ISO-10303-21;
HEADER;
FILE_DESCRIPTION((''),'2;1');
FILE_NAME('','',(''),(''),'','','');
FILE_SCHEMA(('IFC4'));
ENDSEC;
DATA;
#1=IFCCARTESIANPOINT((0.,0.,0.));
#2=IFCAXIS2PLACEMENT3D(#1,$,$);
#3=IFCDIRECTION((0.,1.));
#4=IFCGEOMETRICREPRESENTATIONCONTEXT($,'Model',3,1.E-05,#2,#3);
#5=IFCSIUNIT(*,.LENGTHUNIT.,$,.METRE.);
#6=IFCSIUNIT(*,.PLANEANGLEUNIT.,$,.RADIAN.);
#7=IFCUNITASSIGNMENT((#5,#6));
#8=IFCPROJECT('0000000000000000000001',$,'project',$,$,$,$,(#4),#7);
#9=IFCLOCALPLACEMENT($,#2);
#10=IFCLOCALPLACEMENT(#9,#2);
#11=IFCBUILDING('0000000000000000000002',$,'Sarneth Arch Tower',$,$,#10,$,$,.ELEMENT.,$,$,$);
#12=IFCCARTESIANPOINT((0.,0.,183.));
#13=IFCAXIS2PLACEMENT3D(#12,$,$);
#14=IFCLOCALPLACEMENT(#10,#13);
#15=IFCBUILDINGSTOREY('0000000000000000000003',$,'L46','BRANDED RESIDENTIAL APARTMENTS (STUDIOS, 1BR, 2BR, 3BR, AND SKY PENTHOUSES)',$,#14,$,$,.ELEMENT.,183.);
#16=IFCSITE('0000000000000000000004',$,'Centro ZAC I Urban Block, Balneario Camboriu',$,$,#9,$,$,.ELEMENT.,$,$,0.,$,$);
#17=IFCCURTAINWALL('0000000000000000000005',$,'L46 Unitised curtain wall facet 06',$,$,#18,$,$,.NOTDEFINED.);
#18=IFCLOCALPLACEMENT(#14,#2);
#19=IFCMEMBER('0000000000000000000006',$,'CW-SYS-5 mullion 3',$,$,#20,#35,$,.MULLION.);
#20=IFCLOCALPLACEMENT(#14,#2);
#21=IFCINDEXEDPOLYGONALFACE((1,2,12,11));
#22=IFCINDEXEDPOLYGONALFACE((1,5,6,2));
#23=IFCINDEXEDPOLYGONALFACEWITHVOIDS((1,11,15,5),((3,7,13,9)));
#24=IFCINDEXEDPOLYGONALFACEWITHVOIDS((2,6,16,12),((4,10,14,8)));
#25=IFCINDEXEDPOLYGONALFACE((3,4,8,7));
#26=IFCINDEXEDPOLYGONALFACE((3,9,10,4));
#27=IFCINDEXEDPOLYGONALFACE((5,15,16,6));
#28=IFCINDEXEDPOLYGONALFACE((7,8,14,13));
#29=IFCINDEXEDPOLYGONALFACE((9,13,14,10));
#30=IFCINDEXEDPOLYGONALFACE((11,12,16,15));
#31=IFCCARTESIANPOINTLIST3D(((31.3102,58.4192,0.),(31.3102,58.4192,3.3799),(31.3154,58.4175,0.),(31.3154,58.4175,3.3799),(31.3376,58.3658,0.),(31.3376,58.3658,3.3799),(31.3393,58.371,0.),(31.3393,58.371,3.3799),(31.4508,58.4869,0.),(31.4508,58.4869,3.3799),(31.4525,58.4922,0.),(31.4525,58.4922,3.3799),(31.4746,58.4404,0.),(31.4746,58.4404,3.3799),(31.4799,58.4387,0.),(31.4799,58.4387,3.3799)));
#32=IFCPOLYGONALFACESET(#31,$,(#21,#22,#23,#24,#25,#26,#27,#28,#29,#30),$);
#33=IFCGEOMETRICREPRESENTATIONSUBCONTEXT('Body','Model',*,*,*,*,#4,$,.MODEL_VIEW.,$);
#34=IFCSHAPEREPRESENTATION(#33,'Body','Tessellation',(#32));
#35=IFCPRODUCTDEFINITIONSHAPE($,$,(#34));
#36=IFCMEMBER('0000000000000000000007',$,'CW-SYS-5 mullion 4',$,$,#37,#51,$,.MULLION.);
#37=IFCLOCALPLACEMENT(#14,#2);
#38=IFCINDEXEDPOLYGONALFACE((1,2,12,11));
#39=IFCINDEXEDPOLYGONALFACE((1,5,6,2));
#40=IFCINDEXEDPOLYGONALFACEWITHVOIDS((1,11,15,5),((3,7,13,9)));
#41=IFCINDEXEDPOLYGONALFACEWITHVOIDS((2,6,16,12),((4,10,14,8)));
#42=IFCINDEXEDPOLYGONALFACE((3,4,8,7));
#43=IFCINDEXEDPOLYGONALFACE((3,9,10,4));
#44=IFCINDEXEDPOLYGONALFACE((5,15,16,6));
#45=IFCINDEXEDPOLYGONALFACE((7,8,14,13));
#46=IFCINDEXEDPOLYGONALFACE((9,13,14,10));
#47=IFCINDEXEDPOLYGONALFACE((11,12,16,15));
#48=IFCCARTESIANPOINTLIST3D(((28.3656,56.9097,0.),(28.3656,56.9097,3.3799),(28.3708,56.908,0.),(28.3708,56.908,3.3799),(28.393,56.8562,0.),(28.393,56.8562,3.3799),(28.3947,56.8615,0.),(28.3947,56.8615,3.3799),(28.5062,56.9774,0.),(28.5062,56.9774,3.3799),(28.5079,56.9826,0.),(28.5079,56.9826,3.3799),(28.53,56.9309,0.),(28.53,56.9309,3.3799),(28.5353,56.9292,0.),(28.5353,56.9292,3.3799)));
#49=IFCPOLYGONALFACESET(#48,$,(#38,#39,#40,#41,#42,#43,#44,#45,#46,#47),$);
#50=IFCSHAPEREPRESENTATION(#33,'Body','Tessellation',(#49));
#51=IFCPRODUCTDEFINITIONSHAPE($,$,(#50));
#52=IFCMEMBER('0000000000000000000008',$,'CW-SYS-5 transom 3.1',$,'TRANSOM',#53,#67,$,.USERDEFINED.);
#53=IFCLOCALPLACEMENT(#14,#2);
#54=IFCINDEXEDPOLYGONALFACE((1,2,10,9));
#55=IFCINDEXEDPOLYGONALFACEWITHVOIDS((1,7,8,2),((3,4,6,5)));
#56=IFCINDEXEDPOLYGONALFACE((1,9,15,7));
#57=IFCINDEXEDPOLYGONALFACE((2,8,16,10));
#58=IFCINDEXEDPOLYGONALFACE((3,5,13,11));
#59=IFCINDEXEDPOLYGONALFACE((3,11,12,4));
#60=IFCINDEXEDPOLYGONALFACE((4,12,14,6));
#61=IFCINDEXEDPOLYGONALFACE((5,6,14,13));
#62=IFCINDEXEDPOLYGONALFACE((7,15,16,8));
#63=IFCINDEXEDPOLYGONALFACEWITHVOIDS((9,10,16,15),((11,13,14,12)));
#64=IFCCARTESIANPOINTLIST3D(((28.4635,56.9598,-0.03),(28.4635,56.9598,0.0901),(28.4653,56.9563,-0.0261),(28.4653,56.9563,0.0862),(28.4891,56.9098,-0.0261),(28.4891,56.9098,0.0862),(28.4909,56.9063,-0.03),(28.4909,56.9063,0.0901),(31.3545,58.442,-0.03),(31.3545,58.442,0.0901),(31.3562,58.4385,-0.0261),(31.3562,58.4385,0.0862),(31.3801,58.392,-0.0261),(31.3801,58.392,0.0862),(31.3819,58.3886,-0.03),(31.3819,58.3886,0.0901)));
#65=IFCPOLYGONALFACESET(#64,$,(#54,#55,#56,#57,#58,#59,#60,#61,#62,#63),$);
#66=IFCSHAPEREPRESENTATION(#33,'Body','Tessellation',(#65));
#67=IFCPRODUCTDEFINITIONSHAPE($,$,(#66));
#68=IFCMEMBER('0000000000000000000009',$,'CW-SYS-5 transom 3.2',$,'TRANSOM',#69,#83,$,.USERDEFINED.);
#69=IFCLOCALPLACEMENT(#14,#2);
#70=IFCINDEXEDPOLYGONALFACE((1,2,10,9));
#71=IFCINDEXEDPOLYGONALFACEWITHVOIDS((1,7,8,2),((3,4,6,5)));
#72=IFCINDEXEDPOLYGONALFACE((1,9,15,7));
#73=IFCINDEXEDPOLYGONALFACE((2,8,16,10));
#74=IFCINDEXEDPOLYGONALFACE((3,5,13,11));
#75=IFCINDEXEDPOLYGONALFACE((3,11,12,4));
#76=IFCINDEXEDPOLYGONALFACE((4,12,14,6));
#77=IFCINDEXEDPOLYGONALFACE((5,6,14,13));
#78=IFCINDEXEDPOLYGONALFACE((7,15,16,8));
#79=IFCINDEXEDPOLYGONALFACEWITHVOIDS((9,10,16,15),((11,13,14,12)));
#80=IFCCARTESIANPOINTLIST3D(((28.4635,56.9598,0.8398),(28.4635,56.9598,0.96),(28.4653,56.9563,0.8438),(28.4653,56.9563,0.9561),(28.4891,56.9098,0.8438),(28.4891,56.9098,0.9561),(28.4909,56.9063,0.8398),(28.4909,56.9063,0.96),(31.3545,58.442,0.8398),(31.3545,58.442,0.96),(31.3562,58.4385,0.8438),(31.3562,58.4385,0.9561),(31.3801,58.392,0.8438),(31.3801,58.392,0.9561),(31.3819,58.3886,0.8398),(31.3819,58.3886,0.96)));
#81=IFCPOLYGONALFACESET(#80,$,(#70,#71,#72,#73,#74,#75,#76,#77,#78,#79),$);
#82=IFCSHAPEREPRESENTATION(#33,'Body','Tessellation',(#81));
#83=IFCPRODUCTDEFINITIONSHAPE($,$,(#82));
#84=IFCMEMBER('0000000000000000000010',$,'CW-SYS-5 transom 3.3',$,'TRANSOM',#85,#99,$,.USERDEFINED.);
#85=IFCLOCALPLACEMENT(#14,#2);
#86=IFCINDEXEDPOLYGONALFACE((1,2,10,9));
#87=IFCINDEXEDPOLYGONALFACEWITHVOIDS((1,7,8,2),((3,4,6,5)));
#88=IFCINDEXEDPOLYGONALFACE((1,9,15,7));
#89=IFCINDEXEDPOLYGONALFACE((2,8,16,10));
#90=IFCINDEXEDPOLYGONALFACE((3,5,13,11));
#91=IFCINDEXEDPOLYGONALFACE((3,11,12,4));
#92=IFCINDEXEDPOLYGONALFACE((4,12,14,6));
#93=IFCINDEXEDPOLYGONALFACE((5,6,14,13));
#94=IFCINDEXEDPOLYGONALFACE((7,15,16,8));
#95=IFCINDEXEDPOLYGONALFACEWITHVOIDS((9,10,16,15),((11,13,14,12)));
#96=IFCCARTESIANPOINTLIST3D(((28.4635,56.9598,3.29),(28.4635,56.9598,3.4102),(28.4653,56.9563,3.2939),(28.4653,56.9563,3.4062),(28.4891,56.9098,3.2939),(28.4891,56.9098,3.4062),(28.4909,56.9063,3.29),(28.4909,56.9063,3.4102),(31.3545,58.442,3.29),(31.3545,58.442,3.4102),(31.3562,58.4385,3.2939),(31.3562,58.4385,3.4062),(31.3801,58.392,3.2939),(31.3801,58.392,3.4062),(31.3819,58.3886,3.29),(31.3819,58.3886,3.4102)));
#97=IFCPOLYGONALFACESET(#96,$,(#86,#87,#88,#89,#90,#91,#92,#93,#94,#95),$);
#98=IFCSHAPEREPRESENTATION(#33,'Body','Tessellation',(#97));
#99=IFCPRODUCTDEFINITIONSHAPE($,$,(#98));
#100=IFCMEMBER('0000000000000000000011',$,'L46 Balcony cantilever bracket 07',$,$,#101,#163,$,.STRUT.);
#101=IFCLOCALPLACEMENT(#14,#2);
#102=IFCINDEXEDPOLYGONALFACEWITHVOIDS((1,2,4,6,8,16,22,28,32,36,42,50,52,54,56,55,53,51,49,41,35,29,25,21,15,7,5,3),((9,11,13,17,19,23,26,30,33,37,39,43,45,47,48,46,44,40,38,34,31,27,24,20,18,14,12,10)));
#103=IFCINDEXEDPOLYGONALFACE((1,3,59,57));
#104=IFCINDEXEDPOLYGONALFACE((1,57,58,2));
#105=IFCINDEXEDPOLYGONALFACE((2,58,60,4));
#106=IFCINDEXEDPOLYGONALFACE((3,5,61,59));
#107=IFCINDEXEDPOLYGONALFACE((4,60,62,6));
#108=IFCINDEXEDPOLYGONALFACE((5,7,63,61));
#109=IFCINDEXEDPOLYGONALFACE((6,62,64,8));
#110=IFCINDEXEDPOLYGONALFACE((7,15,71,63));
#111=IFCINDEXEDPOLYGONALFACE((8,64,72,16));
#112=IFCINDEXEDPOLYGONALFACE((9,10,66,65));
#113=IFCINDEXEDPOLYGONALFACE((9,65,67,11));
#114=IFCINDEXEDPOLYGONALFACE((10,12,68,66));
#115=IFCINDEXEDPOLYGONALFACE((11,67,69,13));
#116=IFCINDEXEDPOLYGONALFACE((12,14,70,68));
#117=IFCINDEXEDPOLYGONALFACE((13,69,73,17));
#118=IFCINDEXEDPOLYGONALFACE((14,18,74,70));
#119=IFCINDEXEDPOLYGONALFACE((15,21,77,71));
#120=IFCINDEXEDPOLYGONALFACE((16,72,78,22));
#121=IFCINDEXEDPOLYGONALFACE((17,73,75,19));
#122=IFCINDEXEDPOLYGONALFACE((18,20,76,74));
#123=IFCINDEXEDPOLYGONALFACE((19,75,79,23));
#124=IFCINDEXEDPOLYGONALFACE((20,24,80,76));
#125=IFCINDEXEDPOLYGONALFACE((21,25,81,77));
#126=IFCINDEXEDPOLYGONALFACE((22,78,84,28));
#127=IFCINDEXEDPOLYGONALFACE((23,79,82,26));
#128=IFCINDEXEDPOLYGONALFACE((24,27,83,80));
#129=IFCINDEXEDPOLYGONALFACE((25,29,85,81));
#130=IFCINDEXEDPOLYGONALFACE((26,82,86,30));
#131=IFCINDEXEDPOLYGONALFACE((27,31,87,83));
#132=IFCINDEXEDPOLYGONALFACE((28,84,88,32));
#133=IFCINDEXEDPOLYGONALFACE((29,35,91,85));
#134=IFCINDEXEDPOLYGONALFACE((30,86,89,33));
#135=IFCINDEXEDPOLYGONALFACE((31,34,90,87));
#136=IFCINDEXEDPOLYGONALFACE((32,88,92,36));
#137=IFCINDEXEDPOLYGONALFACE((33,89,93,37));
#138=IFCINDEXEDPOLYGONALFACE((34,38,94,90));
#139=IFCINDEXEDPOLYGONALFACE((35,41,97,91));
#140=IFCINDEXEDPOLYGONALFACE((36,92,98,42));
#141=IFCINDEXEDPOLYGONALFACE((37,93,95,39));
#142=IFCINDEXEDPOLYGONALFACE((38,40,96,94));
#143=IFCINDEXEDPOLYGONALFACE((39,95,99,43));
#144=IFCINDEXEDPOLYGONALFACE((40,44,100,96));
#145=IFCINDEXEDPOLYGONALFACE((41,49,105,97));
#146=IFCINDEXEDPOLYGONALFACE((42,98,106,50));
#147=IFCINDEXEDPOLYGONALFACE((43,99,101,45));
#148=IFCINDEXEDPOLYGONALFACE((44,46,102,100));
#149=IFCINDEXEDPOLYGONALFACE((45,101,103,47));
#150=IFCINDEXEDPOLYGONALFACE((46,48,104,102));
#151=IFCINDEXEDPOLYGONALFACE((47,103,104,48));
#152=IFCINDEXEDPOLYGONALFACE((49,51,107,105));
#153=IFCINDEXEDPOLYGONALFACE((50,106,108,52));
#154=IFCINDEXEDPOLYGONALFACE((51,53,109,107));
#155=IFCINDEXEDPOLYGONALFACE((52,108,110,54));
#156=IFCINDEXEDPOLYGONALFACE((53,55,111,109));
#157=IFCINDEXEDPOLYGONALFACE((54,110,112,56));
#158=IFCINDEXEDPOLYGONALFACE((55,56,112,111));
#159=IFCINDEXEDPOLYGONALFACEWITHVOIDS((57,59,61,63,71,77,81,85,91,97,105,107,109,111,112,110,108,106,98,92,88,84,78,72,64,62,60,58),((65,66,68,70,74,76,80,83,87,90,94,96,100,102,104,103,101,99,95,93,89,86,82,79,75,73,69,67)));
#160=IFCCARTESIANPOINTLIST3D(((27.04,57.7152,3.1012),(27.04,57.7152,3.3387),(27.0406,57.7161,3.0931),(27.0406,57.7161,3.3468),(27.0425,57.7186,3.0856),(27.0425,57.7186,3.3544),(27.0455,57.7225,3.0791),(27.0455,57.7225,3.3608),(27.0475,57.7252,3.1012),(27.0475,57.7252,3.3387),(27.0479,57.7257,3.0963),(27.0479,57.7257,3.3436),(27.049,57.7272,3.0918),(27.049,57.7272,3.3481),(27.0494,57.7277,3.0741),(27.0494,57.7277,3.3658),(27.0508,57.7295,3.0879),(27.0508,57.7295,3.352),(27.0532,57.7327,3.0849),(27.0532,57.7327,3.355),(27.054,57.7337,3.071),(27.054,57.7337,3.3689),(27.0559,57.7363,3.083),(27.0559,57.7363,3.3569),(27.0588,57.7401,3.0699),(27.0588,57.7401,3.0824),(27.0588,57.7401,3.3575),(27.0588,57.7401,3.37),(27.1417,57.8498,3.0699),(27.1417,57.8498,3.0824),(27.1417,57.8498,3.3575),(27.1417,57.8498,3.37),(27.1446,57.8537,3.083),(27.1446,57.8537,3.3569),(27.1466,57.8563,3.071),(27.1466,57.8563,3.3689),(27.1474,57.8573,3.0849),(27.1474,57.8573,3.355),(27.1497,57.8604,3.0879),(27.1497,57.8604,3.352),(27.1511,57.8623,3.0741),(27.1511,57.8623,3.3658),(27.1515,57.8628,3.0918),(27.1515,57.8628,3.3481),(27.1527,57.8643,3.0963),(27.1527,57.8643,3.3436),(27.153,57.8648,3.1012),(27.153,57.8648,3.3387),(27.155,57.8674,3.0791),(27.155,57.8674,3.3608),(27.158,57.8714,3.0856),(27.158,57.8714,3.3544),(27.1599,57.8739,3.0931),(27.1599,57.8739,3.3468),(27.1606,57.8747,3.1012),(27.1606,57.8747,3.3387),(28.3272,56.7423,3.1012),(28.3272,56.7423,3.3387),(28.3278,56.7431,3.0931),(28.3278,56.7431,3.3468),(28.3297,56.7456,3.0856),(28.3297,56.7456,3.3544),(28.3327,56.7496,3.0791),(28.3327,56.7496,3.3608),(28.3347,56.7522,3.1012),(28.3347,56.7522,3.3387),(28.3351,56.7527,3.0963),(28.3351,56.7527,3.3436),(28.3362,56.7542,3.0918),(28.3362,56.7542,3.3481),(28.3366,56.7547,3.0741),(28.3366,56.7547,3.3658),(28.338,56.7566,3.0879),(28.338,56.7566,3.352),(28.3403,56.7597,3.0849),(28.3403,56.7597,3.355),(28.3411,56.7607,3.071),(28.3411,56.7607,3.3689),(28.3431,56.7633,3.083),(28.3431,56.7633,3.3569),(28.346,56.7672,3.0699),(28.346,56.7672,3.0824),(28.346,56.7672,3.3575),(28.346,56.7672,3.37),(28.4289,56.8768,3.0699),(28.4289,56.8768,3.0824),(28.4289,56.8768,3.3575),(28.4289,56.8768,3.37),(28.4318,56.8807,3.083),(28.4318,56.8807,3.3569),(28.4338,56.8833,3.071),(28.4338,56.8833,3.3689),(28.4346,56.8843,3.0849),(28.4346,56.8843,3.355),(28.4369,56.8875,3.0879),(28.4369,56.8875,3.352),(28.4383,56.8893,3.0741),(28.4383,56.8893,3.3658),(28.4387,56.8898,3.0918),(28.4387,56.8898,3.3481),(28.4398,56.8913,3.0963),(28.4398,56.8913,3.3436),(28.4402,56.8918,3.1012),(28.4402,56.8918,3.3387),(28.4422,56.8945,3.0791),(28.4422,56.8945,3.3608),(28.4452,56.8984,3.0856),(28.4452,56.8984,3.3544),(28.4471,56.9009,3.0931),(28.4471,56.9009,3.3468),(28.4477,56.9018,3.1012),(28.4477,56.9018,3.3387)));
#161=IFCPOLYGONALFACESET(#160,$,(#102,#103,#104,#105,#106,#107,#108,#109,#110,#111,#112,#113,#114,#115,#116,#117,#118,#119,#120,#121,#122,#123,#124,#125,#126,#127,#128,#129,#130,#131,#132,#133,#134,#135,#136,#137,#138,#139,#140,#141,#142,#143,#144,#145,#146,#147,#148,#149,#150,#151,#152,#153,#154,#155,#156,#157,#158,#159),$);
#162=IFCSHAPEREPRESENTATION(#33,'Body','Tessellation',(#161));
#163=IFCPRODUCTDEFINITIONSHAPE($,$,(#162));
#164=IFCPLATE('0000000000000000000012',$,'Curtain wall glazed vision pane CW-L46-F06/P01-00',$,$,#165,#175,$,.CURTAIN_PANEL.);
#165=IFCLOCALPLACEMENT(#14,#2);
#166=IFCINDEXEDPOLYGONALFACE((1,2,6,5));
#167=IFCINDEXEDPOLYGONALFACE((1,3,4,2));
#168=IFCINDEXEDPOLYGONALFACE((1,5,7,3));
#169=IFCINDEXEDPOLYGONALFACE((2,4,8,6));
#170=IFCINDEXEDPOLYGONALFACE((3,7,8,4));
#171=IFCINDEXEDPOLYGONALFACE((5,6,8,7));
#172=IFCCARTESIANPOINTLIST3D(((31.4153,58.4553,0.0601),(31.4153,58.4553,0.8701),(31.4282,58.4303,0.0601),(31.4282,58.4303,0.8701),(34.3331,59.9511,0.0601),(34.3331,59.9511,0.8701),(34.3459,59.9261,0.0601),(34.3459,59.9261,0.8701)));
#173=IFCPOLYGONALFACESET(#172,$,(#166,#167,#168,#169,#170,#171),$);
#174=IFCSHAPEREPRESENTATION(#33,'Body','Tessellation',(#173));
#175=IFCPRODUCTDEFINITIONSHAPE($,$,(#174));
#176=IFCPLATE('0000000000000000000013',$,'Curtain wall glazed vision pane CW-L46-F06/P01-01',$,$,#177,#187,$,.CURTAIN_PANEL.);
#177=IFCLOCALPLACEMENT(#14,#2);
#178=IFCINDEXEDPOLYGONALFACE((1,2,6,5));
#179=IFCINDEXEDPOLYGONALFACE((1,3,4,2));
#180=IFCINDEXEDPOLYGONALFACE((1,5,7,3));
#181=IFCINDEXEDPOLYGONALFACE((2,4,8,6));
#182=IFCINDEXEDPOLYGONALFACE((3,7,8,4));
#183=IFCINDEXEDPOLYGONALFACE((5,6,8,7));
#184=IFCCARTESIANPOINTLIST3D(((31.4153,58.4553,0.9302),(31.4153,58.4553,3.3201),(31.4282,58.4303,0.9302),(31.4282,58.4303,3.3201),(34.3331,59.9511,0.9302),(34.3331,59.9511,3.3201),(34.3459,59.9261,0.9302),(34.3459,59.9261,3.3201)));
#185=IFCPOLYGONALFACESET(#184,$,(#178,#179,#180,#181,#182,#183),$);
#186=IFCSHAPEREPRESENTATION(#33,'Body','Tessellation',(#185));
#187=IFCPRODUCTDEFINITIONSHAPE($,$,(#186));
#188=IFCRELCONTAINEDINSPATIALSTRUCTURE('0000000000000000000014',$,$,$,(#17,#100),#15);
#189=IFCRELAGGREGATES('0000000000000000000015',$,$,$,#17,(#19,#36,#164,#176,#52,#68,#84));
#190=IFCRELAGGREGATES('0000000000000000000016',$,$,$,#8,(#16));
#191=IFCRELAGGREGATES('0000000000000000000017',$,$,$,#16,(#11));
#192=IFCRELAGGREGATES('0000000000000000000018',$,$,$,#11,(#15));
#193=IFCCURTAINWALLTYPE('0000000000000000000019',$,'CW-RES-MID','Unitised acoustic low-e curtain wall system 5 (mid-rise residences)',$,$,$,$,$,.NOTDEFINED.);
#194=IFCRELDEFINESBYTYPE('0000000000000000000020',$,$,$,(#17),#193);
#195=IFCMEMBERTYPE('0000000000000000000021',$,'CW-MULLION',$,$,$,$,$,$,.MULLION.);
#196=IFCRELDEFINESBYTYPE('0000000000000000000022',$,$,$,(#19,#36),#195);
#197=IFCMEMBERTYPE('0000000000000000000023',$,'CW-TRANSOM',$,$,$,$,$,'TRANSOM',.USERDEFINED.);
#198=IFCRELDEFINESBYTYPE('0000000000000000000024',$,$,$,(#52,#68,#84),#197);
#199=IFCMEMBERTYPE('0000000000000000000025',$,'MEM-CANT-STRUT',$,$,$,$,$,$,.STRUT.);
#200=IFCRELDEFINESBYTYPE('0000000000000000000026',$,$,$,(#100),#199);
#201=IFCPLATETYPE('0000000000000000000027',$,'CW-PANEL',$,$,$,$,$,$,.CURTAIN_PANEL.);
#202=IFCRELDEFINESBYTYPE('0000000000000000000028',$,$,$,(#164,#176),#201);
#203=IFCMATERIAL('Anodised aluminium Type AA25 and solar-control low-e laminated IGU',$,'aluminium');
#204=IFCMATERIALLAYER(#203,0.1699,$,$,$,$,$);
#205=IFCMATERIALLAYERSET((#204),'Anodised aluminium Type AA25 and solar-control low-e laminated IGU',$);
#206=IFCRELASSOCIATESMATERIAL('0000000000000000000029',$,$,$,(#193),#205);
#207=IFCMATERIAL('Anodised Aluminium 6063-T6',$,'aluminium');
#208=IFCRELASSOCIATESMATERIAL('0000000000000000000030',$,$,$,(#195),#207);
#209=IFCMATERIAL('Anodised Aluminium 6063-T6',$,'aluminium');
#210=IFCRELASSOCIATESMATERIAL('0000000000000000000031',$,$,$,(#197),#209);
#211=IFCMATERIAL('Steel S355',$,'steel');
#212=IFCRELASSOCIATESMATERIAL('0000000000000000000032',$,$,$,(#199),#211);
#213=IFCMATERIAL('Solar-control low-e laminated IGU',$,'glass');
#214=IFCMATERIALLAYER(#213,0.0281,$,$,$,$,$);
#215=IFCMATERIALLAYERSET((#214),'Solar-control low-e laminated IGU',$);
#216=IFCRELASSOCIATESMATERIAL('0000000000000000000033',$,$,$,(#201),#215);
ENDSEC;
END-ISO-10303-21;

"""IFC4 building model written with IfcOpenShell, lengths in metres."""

from ifc_helpers import new_model, si_unit, direction, frame, origin, origin_2d, place, context, subcontext, project, spatial, rectangle, hollow_rectangle, extrude, material, layer, layer_set, material_profile, profile_set, type_object, element, aggregate, save


model = new_model("IFC4")

# Units and contexts
model_context = context("Model", 3, precision=1e-05, world=origin(), true_north=direction((0.0, 1.0)))
body_context = subcontext(model_context, "Body", "Model", "MODEL_VIEW")
ifc_project = project(units=[si_unit("LENGTHUNIT", "METRE"), si_unit("PLANEANGLEUNIT", "RADIAN")], contexts=[model_context])

# Site, building, storey
site_placement = place(None, origin())
site = spatial("IfcSite", under=ifc_project, at=site_placement, Name="Centro ZAC I Urban Block, Balneario Camboriu", CompositionType="ELEMENT", RefElevation=0.0)
building_placement = place(site_placement, origin())
building = spatial("IfcBuilding", under=site, at=building_placement, Name="Sarneth Arch Tower", CompositionType="ELEMENT")
storey_placement = place(building_placement, frame((0.0, 0.0, 183.0)))
storey = spatial("IfcBuildingStorey", under=building, at=storey_placement, Name="L46", Description="BRANDED RESIDENTIAL APARTMENTS (STUDIOS, 1BR, 2BR, 3BR, AND SKY PENTHOUSES)", CompositionType="ELEMENT", Elevation=183.0)

# Curtain wall, members
ifc_material_1 = material(Name="Anodised aluminium Type AA25 and solar-control low-e laminated IGU", Category="aluminium")
ifc_layer_1 = layer(ifc_material_1, 0.1699)
ifc_layer_set_1 = layer_set([ifc_layer_1], Name="Anodised aluminium Type AA25 and solar-control low-e laminated IGU")
curtain_wall_type = type_object("IfcCurtainWallType", Name="CW-RES-MID", Description="Unitised acoustic low-e curtain wall system 5 (mid-rise residences)", PredefinedType="NOTDEFINED", material=ifc_layer_set_1)
curtain_wall_placement = place(storey_placement, origin())
curtain_wall = element("IfcCurtainWall", 1, at=curtain_wall_placement, inside=storey, type_object=curtain_wall_type, Name="L46 Unitised curtain wall facet 06", PredefinedType="NOTDEFINED")
ifc_material_2 = material(Name="Anodised Aluminium 6063-T6", Category="aluminium")
ifc_material_profile_1 = material_profile(ifc_material_2, hollow_rectangle(XDim=0.0601, YDim=0.1599, WallThickness=0.0039, at=origin_2d()), Name="AL-MULL-160x60x4")
ifc_profile_set_1 = profile_set([ifc_material_profile_1], Name="Anodised Aluminium 6063-T6")
member_type_1 = type_object("IfcMemberType", Name="CW-MULLION", PredefinedType="MULLION", material=ifc_profile_set_1)
member_1_placement = place(storey_placement, frame((31.395, 58.429, 0.0), z_axis=(0.0, 0.0, 1.0), x_axis=(0.456208, -0.889873, 0.0)))
member_1 = element("IfcMember", 2, at=member_1_placement, type_object=member_type_1, Name="CW-SYS-5 mullion 3", PredefinedType="MULLION", context=body_context, shape_type="SweptSolid", body=[
    extrude(hollow_rectangle(XDim=0.0601, YDim=0.1599, WallThickness=0.0039, at=origin_2d()), origin(), (0.0, 0.0, 1.0), 3.3799),
])
member_2_placement = place(storey_placement, frame((28.4504, 56.9194, 0.0), z_axis=(0.0, 0.0, 1.0), x_axis=(0.456208, -0.889873, 0.0)))
member_2 = element("IfcMember", 3, at=member_2_placement, type_object=member_type_1, Name="CW-SYS-5 mullion 4", PredefinedType="MULLION", context=body_context, shape_type="SweptSolid", body=[
    extrude(hollow_rectangle(XDim=0.0601, YDim=0.1599, WallThickness=0.0039, at=origin_2d()), origin(), (0.0, 0.0, 1.0), 3.3799),
])
ifc_material_3 = material(Name="Anodised Aluminium 6063-T6", Category="aluminium")
ifc_material_profile_2 = material_profile(ifc_material_3, hollow_rectangle(XDim=0.0601, YDim=0.1201, WallThickness=0.0039, at=origin_2d()), Name="AL-TRAN-120x60x4")
ifc_profile_set_2 = profile_set([ifc_material_profile_2], Name="Anodised Aluminium 6063-T6")
member_type_2 = type_object("IfcMemberType", Name="CW-TRANSOM", ElementType="TRANSOM", PredefinedType="USERDEFINED", material=ifc_profile_set_2)
member_3_placement = place(storey_placement, frame((31.3682, 58.4153, 0.03), z_axis=(-0.889857, -0.456239, 0.0), x_axis=(0.456239, -0.889857, 0.0)))
member_3 = element("IfcMember", 4, at=member_3_placement, type_object=member_type_2, Name="CW-SYS-5 transom 3.1", ObjectType="TRANSOM", PredefinedType="USERDEFINED", context=body_context, shape_type="SweptSolid", body=[
    extrude(hollow_rectangle(XDim=0.0601, YDim=0.1201, WallThickness=0.0039, at=origin_2d()), origin(), (0.0, 0.0, 1.0), 3.2488),
])
member_4_placement = place(storey_placement, frame((31.3682, 58.4153, 0.8999), z_axis=(-0.889857, -0.456239, 0.0), x_axis=(0.456239, -0.889857, 0.0)))
member_4 = element("IfcMember", 5, at=member_4_placement, type_object=member_type_2, Name="CW-SYS-5 transom 3.2", ObjectType="TRANSOM", PredefinedType="USERDEFINED", context=body_context, shape_type="SweptSolid", body=[
    extrude(hollow_rectangle(XDim=0.0601, YDim=0.1201, WallThickness=0.0039, at=origin_2d()), origin(), (0.0, 0.0, 1.0), 3.2488),
])
member_5_placement = place(storey_placement, frame((31.3682, 58.4153, 3.3501), z_axis=(-0.889857, -0.456239, 0.0), x_axis=(0.456239, -0.889857, 0.0)))
member_5 = element("IfcMember", 6, at=member_5_placement, type_object=member_type_2, Name="CW-SYS-5 transom 3.3", ObjectType="TRANSOM", PredefinedType="USERDEFINED", context=body_context, shape_type="SweptSolid", body=[
    extrude(hollow_rectangle(XDim=0.0601, YDim=0.1201, WallThickness=0.0039, at=origin_2d()), origin(), (0.0, 0.0, 1.0), 3.2488),
])

# Member
ifc_material_4 = material(Name="Steel S355", Category="steel")
ifc_material_profile_3 = material_profile(ifc_material_4, hollow_rectangle(XDim=0.2, YDim=0.3, WallThickness=0.0125, InnerFilletRadius=0.0188, OuterFilletRadius=0.0312, at=origin_2d()), Name="RHS300x200x12.5")
ifc_profile_set_3 = profile_set([ifc_material_profile_3], Name="Steel S355")
member_type_3 = type_object("IfcMemberType", Name="MEM-CANT-STRUT", PredefinedType="STRUT", material=ifc_profile_set_3)
member_6_placement = place(storey_placement, frame((28.3875, 56.822, 3.22), z_axis=(-0.797743, 0.602998, 0.0), x_axis=(-0.602998, -0.797743, 0.0)))
element("IfcMember", 7, at=member_6_placement, inside=storey, type_object=member_type_3, Name="L46 Balcony cantilever bracket 07", PredefinedType="STRUT", context=body_context, shape_type="SweptSolid", body=[
    extrude(hollow_rectangle(XDim=0.2, YDim=0.3, WallThickness=0.0125, InnerFilletRadius=0.0188, OuterFilletRadius=0.0312, at=origin_2d()), origin(), (0.0, 0.0, 1.0), 1.6135),
])

# Plates
ifc_material_5 = material(Name="Solar-control low-e laminated IGU", Category="glass")
ifc_layer_2 = layer(ifc_material_5, 0.0281)
ifc_layer_set_2 = layer_set([ifc_layer_2], Name="Solar-control low-e laminated IGU")
plate_type_1 = type_object("IfcPlateType", Name="CW-PANEL", PredefinedType="CURTAIN_PANEL", material=ifc_layer_set_2)
plate_1_placement = place(storey_placement, frame((32.8806, 59.1907, 0.0601), z_axis=(0.0, 0.0, 1.0), x_axis=(-0.889873, -0.456208, 0.0)))
plate_1 = element("IfcPlate", 8, at=plate_1_placement, type_object=plate_type_1, Name="Curtain wall glazed vision pane CW-L46-F06/P01-00", PredefinedType="CURTAIN_PANEL", context=body_context, shape_type="SweptSolid", body=[
    extrude(rectangle(XDim=3.2788, YDim=0.0281, at=origin_2d()), origin(), (0.0, 0.0, 1.0), 0.8101),
])
plate_2_placement = place(storey_placement, frame((32.8806, 59.1907, 0.9302), z_axis=(0.0, 0.0, 1.0), x_axis=(-0.889873, -0.456208, 0.0)))
plate_2 = element("IfcPlate", 9, at=plate_2_placement, type_object=plate_type_1, Name="Curtain wall glazed vision pane CW-L46-F06/P01-01", PredefinedType="CURTAIN_PANEL", context=body_context, shape_type="SweptSolid", body=[
    extrude(rectangle(XDim=3.2788, YDim=0.0281, at=origin_2d()), origin(), (0.0, 0.0, 1.0), 2.3899),
])
aggregate(curtain_wall, [member_1, member_2, plate_1, plate_2, member_3, member_4, member_5])

save(model, "model.ifc")
